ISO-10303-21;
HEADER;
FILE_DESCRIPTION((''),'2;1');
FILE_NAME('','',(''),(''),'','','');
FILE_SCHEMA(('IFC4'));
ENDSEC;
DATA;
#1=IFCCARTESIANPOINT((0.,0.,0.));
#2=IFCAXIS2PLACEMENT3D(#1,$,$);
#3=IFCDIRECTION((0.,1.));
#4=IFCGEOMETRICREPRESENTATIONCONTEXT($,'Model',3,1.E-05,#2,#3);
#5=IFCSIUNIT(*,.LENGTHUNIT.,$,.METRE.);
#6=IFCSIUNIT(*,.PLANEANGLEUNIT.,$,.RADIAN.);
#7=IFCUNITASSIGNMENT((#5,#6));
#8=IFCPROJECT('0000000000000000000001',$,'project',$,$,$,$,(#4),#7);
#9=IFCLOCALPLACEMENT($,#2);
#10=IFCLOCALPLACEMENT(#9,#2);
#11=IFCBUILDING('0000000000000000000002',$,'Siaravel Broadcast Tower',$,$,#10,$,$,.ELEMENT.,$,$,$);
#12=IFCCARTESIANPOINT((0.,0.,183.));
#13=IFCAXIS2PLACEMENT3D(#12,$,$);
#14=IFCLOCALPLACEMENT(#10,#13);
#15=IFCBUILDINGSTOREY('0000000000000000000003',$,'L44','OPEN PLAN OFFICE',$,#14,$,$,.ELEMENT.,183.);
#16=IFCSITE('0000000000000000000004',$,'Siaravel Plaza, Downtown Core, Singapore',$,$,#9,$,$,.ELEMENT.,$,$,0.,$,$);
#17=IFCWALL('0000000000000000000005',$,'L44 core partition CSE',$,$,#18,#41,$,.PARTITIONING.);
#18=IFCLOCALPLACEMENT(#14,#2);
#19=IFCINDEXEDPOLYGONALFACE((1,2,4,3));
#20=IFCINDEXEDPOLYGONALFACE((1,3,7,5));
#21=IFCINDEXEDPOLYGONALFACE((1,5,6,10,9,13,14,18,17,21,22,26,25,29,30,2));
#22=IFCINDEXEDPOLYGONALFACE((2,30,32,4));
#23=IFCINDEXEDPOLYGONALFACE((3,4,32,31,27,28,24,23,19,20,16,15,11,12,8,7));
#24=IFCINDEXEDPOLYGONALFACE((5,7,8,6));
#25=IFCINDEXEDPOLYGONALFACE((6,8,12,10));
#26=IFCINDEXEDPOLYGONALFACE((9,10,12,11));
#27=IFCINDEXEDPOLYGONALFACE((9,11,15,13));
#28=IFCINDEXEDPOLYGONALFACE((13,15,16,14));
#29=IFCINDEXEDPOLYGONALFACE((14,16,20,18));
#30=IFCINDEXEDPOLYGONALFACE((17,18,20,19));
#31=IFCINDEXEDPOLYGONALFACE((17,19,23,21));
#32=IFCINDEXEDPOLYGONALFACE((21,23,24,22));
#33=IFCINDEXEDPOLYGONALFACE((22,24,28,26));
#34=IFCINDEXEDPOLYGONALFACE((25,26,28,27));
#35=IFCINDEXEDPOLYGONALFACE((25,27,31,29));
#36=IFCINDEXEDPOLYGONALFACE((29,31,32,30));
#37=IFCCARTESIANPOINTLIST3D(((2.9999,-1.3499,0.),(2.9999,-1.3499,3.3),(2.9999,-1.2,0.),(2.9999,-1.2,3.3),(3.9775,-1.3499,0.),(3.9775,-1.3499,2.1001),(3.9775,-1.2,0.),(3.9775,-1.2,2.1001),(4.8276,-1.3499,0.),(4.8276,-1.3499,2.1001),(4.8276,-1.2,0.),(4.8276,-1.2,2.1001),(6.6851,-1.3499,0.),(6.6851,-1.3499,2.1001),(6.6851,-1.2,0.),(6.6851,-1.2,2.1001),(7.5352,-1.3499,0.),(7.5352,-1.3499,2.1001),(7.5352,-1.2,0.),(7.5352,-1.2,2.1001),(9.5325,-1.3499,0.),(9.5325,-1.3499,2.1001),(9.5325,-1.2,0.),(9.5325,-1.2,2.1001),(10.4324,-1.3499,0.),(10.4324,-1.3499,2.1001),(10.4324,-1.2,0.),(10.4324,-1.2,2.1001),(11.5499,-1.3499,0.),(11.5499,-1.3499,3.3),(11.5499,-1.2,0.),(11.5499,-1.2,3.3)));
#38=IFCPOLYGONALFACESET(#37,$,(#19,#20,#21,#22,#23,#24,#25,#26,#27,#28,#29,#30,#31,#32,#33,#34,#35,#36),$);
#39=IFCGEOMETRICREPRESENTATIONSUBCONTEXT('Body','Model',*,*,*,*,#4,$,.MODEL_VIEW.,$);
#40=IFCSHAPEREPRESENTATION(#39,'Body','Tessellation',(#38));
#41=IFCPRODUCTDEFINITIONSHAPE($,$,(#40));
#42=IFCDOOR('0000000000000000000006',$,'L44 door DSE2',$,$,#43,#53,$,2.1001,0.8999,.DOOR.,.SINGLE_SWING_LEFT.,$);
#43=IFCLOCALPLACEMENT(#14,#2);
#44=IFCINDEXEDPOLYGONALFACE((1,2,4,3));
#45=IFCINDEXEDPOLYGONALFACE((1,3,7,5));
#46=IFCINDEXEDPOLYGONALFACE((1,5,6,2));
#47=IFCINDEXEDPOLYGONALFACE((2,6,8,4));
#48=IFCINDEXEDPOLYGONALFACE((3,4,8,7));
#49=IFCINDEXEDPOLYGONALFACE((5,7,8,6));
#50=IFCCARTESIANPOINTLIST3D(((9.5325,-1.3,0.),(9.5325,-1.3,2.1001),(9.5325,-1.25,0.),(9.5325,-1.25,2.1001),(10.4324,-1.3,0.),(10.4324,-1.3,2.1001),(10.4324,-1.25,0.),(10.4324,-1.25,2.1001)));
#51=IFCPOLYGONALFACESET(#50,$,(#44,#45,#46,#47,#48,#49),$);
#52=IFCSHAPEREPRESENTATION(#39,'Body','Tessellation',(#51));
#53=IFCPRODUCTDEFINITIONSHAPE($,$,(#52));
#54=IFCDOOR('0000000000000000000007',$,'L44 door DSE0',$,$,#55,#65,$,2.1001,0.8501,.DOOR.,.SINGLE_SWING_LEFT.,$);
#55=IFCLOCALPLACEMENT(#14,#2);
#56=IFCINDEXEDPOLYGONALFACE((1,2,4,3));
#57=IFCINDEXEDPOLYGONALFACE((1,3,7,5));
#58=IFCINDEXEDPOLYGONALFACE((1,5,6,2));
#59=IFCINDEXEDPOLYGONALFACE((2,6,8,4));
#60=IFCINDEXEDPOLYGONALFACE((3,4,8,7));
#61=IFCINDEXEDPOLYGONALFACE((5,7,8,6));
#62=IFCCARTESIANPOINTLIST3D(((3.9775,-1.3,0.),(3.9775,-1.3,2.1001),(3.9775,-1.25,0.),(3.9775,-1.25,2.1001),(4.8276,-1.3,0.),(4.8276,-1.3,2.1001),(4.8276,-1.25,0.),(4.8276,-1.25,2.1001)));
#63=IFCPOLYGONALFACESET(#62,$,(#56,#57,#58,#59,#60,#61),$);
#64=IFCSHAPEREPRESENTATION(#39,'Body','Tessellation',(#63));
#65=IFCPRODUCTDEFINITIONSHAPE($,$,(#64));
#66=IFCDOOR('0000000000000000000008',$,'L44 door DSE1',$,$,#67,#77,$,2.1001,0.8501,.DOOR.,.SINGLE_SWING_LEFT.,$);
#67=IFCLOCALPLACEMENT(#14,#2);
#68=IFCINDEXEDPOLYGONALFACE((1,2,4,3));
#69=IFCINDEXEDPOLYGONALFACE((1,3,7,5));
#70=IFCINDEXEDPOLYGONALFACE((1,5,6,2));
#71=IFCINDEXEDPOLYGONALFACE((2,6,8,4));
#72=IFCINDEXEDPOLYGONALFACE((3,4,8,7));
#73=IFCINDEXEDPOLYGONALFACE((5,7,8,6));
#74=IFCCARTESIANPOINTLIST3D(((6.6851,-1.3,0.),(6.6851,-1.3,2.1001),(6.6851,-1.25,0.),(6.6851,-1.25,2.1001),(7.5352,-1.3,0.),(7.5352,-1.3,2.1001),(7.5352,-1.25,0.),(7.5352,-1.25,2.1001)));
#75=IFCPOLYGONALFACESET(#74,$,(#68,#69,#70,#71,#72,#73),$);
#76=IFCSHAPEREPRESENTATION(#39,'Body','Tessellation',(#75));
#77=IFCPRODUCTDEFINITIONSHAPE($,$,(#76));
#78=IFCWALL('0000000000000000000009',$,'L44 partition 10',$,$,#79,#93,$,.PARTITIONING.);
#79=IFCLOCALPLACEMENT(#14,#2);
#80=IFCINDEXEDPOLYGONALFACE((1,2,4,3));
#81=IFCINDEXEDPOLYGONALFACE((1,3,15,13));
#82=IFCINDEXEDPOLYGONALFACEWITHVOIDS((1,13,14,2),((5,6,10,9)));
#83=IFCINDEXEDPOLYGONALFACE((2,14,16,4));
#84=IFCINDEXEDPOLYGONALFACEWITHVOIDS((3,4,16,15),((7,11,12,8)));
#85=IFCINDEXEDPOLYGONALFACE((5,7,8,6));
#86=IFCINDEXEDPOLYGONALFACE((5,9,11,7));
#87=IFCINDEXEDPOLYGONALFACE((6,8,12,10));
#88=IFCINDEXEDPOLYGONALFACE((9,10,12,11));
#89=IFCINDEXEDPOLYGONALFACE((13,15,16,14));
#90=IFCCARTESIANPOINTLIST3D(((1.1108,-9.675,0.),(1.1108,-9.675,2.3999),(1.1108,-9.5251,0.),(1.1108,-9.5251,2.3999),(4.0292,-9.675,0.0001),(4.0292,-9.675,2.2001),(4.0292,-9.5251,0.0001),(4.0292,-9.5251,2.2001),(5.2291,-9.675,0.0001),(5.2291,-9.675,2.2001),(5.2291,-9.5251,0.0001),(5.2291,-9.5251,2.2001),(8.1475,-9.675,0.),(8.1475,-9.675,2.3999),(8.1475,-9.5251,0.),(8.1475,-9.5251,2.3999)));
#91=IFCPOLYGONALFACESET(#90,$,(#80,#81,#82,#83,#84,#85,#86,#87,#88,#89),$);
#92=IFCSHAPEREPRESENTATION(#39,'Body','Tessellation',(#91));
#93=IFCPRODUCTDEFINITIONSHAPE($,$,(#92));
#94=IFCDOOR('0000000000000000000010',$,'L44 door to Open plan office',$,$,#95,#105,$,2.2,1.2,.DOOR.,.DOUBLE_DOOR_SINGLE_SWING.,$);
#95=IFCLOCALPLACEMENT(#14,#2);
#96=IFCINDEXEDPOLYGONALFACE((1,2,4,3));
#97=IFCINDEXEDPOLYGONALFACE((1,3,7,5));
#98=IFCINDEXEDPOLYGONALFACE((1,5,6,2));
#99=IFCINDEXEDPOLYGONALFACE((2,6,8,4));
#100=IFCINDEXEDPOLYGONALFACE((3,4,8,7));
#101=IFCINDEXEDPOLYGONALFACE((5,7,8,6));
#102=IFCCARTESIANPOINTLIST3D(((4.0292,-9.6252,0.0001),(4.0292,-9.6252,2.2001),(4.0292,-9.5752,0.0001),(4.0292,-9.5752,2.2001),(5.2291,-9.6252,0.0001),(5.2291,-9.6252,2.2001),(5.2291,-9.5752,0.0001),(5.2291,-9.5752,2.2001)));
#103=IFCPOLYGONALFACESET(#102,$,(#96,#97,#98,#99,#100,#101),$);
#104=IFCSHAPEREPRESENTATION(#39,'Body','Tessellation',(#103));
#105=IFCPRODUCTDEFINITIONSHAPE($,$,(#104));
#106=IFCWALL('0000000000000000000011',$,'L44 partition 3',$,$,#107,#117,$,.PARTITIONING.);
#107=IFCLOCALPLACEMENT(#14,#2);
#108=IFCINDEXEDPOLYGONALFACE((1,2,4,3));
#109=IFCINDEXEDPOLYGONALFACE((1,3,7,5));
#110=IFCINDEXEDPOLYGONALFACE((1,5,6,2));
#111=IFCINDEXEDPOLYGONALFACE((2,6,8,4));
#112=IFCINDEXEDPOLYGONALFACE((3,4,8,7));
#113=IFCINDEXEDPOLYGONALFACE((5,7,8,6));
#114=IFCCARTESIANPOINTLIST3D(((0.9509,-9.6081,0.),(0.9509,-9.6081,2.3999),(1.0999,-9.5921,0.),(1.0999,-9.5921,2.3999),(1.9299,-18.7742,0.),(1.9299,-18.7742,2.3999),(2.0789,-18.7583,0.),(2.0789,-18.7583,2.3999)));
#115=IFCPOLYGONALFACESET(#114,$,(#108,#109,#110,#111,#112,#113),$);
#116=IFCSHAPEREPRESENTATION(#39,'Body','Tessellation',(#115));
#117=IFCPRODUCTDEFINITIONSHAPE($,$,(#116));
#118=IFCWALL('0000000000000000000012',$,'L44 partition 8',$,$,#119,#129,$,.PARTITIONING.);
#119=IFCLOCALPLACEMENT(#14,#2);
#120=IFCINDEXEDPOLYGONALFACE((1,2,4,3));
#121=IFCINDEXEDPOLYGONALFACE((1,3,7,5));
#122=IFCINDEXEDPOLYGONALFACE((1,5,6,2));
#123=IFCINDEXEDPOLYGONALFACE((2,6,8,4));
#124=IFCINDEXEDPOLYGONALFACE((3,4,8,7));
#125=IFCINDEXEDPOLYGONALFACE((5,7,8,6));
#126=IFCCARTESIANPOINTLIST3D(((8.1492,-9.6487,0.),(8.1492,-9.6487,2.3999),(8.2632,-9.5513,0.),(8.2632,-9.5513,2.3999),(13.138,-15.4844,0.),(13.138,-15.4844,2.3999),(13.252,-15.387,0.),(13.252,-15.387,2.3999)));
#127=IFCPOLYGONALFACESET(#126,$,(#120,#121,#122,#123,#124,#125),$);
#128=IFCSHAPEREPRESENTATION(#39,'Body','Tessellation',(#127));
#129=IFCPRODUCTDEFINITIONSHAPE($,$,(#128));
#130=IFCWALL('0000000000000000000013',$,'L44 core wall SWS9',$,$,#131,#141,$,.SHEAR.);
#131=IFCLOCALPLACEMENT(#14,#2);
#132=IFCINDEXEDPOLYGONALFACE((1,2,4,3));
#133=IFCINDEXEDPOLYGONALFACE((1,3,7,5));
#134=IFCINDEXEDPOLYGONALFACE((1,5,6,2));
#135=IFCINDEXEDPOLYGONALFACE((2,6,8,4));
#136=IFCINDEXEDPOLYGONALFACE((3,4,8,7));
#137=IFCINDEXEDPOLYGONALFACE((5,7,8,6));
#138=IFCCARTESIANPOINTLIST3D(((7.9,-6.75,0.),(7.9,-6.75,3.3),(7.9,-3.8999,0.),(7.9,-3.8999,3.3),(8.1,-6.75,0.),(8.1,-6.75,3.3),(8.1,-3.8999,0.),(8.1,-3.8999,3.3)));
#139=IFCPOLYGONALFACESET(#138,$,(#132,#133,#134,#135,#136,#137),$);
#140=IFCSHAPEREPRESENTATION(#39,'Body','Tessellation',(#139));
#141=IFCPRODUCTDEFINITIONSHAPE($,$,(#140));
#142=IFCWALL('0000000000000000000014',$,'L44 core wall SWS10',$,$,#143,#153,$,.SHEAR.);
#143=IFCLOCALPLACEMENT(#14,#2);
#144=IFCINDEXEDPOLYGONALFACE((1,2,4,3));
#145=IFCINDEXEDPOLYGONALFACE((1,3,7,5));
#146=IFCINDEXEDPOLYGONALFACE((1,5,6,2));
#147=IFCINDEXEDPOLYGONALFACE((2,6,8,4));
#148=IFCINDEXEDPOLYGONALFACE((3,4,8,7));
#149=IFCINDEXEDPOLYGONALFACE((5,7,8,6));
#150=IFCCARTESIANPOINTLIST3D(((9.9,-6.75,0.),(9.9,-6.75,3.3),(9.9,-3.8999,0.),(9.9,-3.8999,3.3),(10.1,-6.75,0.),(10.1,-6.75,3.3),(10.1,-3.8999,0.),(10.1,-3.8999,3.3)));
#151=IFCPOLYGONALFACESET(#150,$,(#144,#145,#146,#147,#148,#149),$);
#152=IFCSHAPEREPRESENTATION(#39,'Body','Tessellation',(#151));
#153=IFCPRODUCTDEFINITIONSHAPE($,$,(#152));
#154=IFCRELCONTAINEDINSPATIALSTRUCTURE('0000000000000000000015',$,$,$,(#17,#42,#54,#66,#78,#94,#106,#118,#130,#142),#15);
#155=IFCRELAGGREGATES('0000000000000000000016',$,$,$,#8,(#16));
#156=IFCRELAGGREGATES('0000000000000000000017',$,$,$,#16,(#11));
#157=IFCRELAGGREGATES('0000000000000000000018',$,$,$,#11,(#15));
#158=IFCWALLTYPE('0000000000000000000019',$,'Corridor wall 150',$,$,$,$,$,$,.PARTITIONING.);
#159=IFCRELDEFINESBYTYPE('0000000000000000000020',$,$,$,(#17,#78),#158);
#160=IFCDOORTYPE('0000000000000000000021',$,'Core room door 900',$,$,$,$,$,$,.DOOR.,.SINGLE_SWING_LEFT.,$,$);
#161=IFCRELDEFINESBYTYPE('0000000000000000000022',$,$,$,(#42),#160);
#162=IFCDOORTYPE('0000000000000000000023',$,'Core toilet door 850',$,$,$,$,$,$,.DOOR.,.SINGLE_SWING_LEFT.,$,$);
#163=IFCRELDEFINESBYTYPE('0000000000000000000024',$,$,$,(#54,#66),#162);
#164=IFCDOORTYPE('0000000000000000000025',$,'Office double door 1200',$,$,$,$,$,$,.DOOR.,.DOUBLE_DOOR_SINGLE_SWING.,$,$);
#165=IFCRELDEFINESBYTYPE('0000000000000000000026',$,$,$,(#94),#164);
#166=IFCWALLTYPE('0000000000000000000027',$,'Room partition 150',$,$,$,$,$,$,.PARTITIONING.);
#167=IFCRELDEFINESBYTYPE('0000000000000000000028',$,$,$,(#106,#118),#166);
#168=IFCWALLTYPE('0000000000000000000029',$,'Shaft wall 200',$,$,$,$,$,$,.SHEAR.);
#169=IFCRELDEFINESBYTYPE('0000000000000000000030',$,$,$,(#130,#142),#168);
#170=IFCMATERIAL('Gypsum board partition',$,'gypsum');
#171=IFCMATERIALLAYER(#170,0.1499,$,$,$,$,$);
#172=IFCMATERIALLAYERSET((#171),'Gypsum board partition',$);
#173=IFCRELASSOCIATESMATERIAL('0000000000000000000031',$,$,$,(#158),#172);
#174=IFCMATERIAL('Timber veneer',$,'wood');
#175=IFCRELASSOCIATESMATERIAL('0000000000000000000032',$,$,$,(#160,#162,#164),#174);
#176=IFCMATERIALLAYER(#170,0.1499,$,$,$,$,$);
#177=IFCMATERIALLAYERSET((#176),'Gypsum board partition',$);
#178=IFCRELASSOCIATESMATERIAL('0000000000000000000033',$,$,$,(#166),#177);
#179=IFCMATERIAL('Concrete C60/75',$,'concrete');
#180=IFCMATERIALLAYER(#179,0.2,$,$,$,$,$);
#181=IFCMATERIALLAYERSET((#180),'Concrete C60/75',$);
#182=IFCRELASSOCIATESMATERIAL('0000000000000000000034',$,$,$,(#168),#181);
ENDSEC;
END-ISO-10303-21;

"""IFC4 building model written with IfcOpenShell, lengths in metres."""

from ifc_helpers import new_model, si_unit, direction, frame, frame_2d, origin, place, context, subcontext, project, spatial, rectangle, extrude, material, layer, layer_set, type_object, element, fill, save


model = new_model("IFC4")

# Units and contexts
model_context = context("Model", 3, precision=1e-05, world=origin(), true_north=direction((0.0, 1.0)))
body_context = subcontext(model_context, "Body", "Model", "MODEL_VIEW")
ifc_project = project(units=[si_unit("LENGTHUNIT", "METRE"), si_unit("PLANEANGLEUNIT", "RADIAN")], contexts=[model_context])

# Site, building, storey
site_placement = place(None, origin())
site = spatial("IfcSite", under=ifc_project, at=site_placement, Name="Siaravel Plaza, Downtown Core, Singapore", CompositionType="ELEMENT", RefElevation=0.0)
building_placement = place(site_placement, origin())
building = spatial("IfcBuilding", under=site, at=building_placement, Name="Siaravel Broadcast Tower", CompositionType="ELEMENT")
storey_placement = place(building_placement, frame((0.0, 0.0, 183.0)))
storey = spatial("IfcBuildingStorey", under=building, at=storey_placement, Name="L44", Description="OPEN PLAN OFFICE", CompositionType="ELEMENT", Elevation=183.0)

# Shared definitions
ifc_material_1 = material(Name="Concrete C60/75", Category="concrete")

# Wall, openings, doors
ifc_material_2 = material(Name="Gypsum board partition", Category="gypsum")
ifc_layer_1 = layer(ifc_material_2, 0.1499)
ifc_layer_set_1 = layer_set([ifc_layer_1], Name="Gypsum board partition")
wall_type_1 = type_object("IfcWallType", Name="Corridor wall 150", PredefinedType="PARTITIONING", material=ifc_layer_set_1)
wall_1_placement = place(storey_placement, frame((3.0, -1.2749, 0.0), z_axis=(0.0, 0.0, 1.0), x_axis=(1.0, 0.0, 0.0)))
wall_1 = element("IfcWall", 1, at=wall_1_placement, inside=storey, type_object=wall_type_1, Name="L44 core partition CSE", PredefinedType="PARTITIONING", context=body_context, shape_type="SweptSolid", body=[
    extrude(rectangle(XDim=8.55, YDim=0.1499, at=frame_2d((4.2749, 0.0))), origin(), (0.0, 0.0, 1.0), 3.3),
])
opening_1_placement = place(wall_1_placement, frame((0.9775, 0.0, 0.0)))
opening_1 = element("IfcOpeningElement", 2, at=opening_1_placement, cuts=wall_1, PredefinedType="OPENING", context=body_context, shape_type="SweptSolid", body=[
    extrude(rectangle(XDim=0.8501, YDim=2.1001, at=frame_2d((0.425, 1.05))), frame((0.0, 0.085, 0.0), z_axis=(0.0, -1.0, 0.0), x_axis=(1.0, 0.0, 0.0)), (0.0, 0.0, 1.0), 0.1699),
])
opening_2_placement = place(wall_1_placement, frame((3.6851, 0.0, 0.0)))
opening_2 = element("IfcOpeningElement", 3, at=opening_2_placement, cuts=wall_1, PredefinedType="OPENING", context=body_context, shape_type="SweptSolid", body=[
    extrude(rectangle(XDim=0.8501, YDim=2.1001, at=frame_2d((0.425, 1.05))), frame((0.0, 0.085, 0.0), z_axis=(0.0, -1.0, 0.0), x_axis=(1.0, 0.0, 0.0)), (0.0, 0.0, 1.0), 0.1699),
])
opening_3_placement = place(wall_1_placement, frame((6.5325, 0.0, 0.0)))
opening_3 = element("IfcOpeningElement", 4, at=opening_3_placement, cuts=wall_1, PredefinedType="OPENING", context=body_context, shape_type="SweptSolid", body=[
    extrude(rectangle(XDim=0.8999, YDim=2.1001, at=frame_2d((0.45, 1.05))), frame((0.0, 0.085, 0.0), z_axis=(0.0, -1.0, 0.0), x_axis=(1.0, 0.0, 0.0)), (0.0, 0.0, 1.0), 0.1699),
])
ifc_material_3 = material(Name="Timber veneer", Category="wood")
door_type_1 = type_object("IfcDoorType", Name="Core room door 900", OperationType="SINGLE_SWING_LEFT", PredefinedType="DOOR", material=ifc_material_3)
door_1_placement = place(opening_3_placement, origin())
door_1 = element("IfcDoor", 5, at=door_1_placement, inside=storey, type_object=door_type_1, Name="L44 door DSE2", OperationType="SINGLE_SWING_LEFT", OverallHeight=2.1001, OverallWidth=0.8999, PredefinedType="DOOR", context=body_context, shape_type="SweptSolid", body=[
    extrude(rectangle(XDim=0.8999, YDim=2.1001, at=frame_2d((0.45, 1.05))), frame((0.0, 0.0249, 0.0), z_axis=(0.0, -1.0, 0.0), x_axis=(1.0, 0.0, 0.0)), (0.0, 0.0, 1.0), 0.05),
])
fill(opening_3, door_1)
door_type_2 = type_object("IfcDoorType", Name="Core toilet door 850", OperationType="SINGLE_SWING_LEFT", PredefinedType="DOOR", material=ifc_material_3)
door_2_placement = place(opening_1_placement, origin())
door_2 = element("IfcDoor", 6, at=door_2_placement, inside=storey, type_object=door_type_2, Name="L44 door DSE0", OperationType="SINGLE_SWING_LEFT", OverallHeight=2.1001, OverallWidth=0.8501, PredefinedType="DOOR", context=body_context, shape_type="SweptSolid", body=[
    extrude(rectangle(XDim=0.8501, YDim=2.1001, at=frame_2d((0.425, 1.05))), frame((0.0, 0.0249, 0.0), z_axis=(0.0, -1.0, 0.0), x_axis=(1.0, 0.0, 0.0)), (0.0, 0.0, 1.0), 0.05),
])
fill(opening_1, door_2)
door_3_placement = place(opening_2_placement, origin())
door_3 = element("IfcDoor", 7, at=door_3_placement, inside=storey, type_object=door_type_2, Name="L44 door DSE1", OperationType="SINGLE_SWING_LEFT", OverallHeight=2.1001, OverallWidth=0.8501, PredefinedType="DOOR", context=body_context, shape_type="SweptSolid", body=[
    extrude(rectangle(XDim=0.8501, YDim=2.1001, at=frame_2d((0.425, 1.05))), frame((0.0, 0.0249, 0.0), z_axis=(0.0, -1.0, 0.0), x_axis=(1.0, 0.0, 0.0)), (0.0, 0.0, 1.0), 0.05),
])
fill(opening_2, door_3)

# Wall, opening, door
wall_2_placement = place(storey_placement, frame((1.1108, -9.6001, 0.0), z_axis=(0.0, 0.0, 1.0), x_axis=(1.0, 0.0, 0.0)))
wall_2 = element("IfcWall", 8, at=wall_2_placement, inside=storey, type_object=wall_type_1, Name="L44 partition 10", PredefinedType="PARTITIONING", context=body_context, shape_type="SweptSolid", body=[
    extrude(rectangle(XDim=7.0366, YDim=0.1499, at=frame_2d((3.5183, 0.0))), origin(), (0.0, 0.0, 1.0), 2.3999),
])
opening_4_placement = place(wall_2_placement, frame((2.9182, 0.0, 0.0)))
opening_4 = element("IfcOpeningElement", 9, at=opening_4_placement, cuts=wall_2, PredefinedType="OPENING", context=body_context, shape_type="SweptSolid", body=[
    extrude(rectangle(XDim=1.2, YDim=2.2, at=frame_2d((0.6001, 1.1001))), frame((0.0, 0.085, 0.0), z_axis=(0.0, -1.0, 0.0), x_axis=(1.0, 0.0, 0.0)), (0.0, 0.0, 1.0), 0.1699),
])
door_type_3 = type_object("IfcDoorType", Name="Office double door 1200", OperationType="DOUBLE_DOOR_SINGLE_SWING", PredefinedType="DOOR", material=ifc_material_3)
door_4_placement = place(opening_4_placement, origin())
door_4 = element("IfcDoor", 10, at=door_4_placement, inside=storey, type_object=door_type_3, Name="L44 door to Open plan office", OperationType="DOUBLE_DOOR_SINGLE_SWING", OverallHeight=2.2, OverallWidth=1.2, PredefinedType="DOOR", context=body_context, shape_type="SweptSolid", body=[
    extrude(rectangle(XDim=1.2, YDim=2.2, at=frame_2d((0.6001, 1.1001))), frame((0.0, 0.0249, 0.0), z_axis=(0.0, -1.0, 0.0), x_axis=(1.0, 0.0, 0.0)), (0.0, 0.0, 1.0), 0.05),
])
fill(opening_4, door_4)

# Walls
ifc_layer_2 = layer(ifc_material_2, 0.1499)
ifc_layer_set_2 = layer_set([ifc_layer_2], Name="Gypsum board partition")
wall_type_2 = type_object("IfcWallType", Name="Room partition 150", PredefinedType="PARTITIONING", material=ifc_layer_set_2)
wall_3_placement = place(storey_placement, frame((1.0254, -9.6001, 0.0), z_axis=(0.0, 0.0, 1.0), x_axis=(0.106204, -0.994344, 0.0)))
element("IfcWall", 11, at=wall_3_placement, inside=storey, type_object=wall_type_2, Name="L44 partition 3", PredefinedType="PARTITIONING", context=body_context, shape_type="SweptSolid", body=[
    extrude(rectangle(XDim=9.2183, YDim=0.1499, at=frame_2d((4.6091, 0.0))), origin(), (0.0, 0.0, 1.0), 2.3999),
])
wall_4_placement = place(storey_placement, frame((13.1951, -15.4358, 0.0), z_axis=(0.0, 0.0, 1.0), x_axis=(-0.649796, 0.760109, 0.0)))
element("IfcWall", 12, at=wall_4_placement, inside=storey, type_object=wall_type_2, Name="L44 partition 8", PredefinedType="PARTITIONING", context=body_context, shape_type="SweptSolid", body=[
    extrude(rectangle(XDim=7.6775, YDim=0.1499, at=frame_2d((3.8389, 0.0))), origin(), (0.0, 0.0, 1.0), 2.3999),
])
ifc_layer_3 = layer(ifc_material_1, 0.2)
ifc_layer_set_3 = layer_set([ifc_layer_3], Name="Concrete C60/75")
wall_type_3 = type_object("IfcWallType", Name="Shaft wall 200", PredefinedType="SHEAR", material=ifc_layer_set_3)
for number, where, z_axis, x_axis, name in (
    (13, (8.0, -6.75, 0.0), (0.0, 0.0, 1.0), (0.0, 1.0, 0.0), "L44 core wall SWS9"),
    (14, (10.0, -6.75, 0.0), (0.0, 0.0, 1.0), (0.0, 1.0, 0.0), "L44 core wall SWS10"),
):
    element("IfcWall", number, at=place(storey_placement, frame(where, z_axis=z_axis, x_axis=x_axis)), inside=storey, type_object=wall_type_3, Name=name, PredefinedType="SHEAR", context=body_context, shape_type="SweptSolid", body=[
        extrude(rectangle(XDim=2.8501, YDim=0.2, at=frame_2d((1.425, 0.0))), origin(), (0.0, 0.0, 1.0), 3.3),
    ])

save(model, "model.ifc")
